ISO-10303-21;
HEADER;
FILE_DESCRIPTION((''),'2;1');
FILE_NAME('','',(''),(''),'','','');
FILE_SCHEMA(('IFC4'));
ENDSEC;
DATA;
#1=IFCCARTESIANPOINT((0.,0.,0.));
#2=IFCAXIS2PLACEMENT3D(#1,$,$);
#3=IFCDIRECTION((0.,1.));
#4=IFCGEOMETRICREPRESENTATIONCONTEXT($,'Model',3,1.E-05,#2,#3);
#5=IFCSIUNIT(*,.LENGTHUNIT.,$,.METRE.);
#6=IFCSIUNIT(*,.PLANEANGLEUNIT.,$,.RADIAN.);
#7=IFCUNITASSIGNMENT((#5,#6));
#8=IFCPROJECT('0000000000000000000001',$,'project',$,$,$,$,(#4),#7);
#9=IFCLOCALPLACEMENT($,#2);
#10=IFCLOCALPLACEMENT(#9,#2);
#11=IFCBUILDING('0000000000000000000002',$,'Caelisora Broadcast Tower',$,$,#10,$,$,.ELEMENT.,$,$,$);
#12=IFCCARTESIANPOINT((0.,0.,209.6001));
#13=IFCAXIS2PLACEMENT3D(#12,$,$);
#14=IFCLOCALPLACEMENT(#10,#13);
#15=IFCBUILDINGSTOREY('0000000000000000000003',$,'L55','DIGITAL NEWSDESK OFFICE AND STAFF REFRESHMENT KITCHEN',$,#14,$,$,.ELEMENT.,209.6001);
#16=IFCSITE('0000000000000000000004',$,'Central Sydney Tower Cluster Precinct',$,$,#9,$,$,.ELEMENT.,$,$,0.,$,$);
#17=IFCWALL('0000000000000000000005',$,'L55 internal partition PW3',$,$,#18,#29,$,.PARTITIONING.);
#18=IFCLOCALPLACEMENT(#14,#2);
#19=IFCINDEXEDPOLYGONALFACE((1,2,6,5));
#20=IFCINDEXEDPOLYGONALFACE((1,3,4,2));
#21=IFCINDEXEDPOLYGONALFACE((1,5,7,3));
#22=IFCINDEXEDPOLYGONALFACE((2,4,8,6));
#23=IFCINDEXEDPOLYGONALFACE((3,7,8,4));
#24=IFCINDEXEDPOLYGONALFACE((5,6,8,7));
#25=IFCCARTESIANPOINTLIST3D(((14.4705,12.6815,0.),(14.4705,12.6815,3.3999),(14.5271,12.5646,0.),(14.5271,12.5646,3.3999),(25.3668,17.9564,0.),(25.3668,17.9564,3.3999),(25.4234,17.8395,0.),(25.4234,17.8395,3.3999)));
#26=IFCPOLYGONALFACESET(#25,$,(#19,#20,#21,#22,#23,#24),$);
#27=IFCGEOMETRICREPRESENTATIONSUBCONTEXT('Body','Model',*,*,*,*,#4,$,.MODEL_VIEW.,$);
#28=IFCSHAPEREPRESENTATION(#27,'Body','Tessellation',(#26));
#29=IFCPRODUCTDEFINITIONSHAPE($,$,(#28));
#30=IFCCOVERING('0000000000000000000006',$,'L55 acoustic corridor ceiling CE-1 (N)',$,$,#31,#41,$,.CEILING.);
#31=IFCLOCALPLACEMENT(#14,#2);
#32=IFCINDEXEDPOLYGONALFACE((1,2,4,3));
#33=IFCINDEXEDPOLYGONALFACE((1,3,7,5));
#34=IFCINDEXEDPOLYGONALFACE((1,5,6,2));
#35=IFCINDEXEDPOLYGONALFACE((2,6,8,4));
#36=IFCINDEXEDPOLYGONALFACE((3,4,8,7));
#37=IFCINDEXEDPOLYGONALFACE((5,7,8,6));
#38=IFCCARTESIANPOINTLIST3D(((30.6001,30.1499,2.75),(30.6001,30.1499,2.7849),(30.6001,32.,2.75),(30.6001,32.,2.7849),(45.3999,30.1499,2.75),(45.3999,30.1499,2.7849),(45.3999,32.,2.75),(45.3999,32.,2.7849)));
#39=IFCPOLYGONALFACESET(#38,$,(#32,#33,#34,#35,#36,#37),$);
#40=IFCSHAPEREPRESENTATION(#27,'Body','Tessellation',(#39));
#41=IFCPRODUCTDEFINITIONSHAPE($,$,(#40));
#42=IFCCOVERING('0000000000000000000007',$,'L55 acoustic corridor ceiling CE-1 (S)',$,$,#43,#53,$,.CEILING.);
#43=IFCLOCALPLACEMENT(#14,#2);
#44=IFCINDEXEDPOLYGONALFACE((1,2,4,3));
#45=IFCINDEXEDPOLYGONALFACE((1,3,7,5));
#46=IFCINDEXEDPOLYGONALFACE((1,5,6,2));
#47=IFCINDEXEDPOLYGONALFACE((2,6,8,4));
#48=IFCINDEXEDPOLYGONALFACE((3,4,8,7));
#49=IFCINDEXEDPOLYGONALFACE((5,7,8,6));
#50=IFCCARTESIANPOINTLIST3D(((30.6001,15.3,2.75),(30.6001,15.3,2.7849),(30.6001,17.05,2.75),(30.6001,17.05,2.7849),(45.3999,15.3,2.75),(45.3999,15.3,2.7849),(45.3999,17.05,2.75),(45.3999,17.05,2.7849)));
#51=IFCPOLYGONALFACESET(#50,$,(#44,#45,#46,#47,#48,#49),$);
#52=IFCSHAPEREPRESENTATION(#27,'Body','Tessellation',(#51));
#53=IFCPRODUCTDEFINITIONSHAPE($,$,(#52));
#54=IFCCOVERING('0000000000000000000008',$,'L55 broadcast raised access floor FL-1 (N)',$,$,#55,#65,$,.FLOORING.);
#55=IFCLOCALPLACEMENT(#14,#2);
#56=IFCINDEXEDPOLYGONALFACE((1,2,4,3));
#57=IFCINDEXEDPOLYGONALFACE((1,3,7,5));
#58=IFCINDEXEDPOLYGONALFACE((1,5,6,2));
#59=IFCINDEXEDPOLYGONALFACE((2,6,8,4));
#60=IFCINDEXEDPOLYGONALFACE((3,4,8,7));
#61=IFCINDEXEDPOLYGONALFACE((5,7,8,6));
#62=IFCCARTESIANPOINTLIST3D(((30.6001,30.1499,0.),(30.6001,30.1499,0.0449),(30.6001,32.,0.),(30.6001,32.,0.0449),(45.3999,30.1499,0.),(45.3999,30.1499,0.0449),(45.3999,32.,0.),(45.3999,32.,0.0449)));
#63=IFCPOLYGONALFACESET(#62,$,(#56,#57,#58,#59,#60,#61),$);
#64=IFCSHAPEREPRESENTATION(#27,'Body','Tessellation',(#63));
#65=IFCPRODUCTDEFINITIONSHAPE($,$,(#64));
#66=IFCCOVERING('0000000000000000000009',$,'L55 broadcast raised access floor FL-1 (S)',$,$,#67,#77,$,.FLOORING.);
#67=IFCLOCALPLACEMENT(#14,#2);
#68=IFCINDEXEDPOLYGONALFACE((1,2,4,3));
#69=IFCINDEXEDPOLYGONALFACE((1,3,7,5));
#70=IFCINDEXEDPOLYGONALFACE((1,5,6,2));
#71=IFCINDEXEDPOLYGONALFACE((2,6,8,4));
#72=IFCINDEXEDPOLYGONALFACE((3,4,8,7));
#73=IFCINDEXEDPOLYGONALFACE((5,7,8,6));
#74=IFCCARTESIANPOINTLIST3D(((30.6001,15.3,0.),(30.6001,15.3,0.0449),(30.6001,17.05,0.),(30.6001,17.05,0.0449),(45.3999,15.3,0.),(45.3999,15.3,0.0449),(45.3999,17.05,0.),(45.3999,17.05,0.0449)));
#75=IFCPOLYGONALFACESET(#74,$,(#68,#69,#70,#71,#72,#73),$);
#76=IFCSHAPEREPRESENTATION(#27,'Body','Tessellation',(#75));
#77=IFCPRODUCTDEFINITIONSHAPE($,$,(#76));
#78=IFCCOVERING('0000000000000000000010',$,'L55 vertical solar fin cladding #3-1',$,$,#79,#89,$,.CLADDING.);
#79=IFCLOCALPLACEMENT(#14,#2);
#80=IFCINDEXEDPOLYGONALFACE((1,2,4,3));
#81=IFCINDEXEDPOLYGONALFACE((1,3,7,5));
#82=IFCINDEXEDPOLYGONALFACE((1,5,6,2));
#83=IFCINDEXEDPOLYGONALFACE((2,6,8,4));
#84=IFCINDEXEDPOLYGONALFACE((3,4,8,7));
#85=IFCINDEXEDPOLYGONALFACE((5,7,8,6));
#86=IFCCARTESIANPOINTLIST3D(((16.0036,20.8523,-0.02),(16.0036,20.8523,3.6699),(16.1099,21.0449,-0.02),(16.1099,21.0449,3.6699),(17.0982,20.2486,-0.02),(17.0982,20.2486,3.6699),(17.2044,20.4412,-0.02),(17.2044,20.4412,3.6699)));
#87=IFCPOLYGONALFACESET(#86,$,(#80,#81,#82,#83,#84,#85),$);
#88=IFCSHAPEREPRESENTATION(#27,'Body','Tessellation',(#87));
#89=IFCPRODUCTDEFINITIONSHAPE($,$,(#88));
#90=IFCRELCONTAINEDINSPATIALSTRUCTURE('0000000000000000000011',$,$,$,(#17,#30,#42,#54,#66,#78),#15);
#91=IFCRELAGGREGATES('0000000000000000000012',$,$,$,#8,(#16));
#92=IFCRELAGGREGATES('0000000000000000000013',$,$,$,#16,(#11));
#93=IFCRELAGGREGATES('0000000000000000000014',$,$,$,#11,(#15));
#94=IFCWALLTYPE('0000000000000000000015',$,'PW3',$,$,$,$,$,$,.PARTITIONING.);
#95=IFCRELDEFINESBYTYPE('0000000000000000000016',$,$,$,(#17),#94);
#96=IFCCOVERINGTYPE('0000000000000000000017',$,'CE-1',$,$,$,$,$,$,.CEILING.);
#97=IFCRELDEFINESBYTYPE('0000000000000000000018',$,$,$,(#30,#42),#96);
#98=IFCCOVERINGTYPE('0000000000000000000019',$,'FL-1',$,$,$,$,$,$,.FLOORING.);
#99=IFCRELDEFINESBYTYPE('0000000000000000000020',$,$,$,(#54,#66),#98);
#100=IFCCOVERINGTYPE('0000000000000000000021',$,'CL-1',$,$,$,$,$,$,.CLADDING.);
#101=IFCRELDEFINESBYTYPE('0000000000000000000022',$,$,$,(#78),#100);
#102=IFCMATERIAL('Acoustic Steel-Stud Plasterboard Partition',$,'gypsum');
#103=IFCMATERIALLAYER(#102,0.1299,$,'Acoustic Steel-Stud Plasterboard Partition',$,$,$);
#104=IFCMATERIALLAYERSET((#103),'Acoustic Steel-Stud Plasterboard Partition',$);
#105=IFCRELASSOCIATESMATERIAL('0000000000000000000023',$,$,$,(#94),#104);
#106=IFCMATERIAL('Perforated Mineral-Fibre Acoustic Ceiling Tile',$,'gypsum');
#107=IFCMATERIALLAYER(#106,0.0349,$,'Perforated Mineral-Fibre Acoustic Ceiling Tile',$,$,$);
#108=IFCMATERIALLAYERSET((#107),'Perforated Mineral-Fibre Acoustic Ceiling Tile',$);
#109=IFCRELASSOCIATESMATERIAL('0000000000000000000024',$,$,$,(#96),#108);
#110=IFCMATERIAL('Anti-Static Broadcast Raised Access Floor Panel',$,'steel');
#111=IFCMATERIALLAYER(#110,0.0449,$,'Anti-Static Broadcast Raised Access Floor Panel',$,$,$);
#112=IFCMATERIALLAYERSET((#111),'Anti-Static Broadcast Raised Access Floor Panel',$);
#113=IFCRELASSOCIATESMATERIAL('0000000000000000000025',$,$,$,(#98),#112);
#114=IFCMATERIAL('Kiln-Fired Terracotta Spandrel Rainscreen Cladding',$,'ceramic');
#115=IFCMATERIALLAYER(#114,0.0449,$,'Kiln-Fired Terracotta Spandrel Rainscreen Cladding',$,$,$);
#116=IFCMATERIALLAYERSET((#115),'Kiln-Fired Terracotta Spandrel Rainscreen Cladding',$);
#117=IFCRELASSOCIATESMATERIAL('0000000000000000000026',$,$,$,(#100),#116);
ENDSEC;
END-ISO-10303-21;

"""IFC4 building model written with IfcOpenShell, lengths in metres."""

from ifc_helpers import new_model, si_unit, direction, frame, frame_2d, origin, origin_2d, place, context, subcontext, project, spatial, polyline, rectangle, outline, extrude, source, transform, mapped, material, layer, layer_set, type_object, type_shapes, element, save


model = new_model("IFC4")

# Units and contexts
model_context = context("Model", 3, precision=1e-05, world=origin(), true_north=direction((0.0, 1.0)))
body_context = subcontext(model_context, "Body", "Model", "MODEL_VIEW")
ifc_project = project(units=[si_unit("LENGTHUNIT", "METRE"), si_unit("PLANEANGLEUNIT", "RADIAN")], contexts=[model_context])

# Site, building, storey
site_placement = place(None, origin())
site = spatial("IfcSite", under=ifc_project, at=site_placement, Name="Central Sydney Tower Cluster Precinct", CompositionType="ELEMENT", RefElevation=0.0)
building_placement = place(site_placement, origin())
building = spatial("IfcBuilding", under=site, at=building_placement, Name="Caelisora Broadcast Tower", CompositionType="ELEMENT")
storey_placement = place(building_placement, frame((0.0, 0.0, 209.6001)))
storey = spatial("IfcBuildingStorey", under=building, at=storey_placement, Name="L55", Description="DIGITAL NEWSDESK OFFICE AND STAFF REFRESHMENT KITCHEN", CompositionType="ELEMENT", Elevation=209.6001)

# Shared definitions
ifc_material_1 = material(Name="Acoustic Steel-Stud Plasterboard Partition", Category="gypsum")
ifc_layer_1 = layer(ifc_material_1, 0.1299, Name="Acoustic Steel-Stud Plasterboard Partition")
ifc_layer_set_1 = layer_set([ifc_layer_1], Name="Acoustic Steel-Stud Plasterboard Partition")
wall_type_1 = type_object("IfcWallType", Name="PW3", PredefinedType="PARTITIONING", material=ifc_layer_set_1)

# Wall
wall_1_placement = place(storey_placement, frame((14.4988, 12.623, 0.0), z_axis=(0.0, 0.0, 1.0), x_axis=(0.900077, 0.43573, 0.0)))
element("IfcWall", 1, at=wall_1_placement, inside=storey, type_object=wall_type_1, Name="L55 internal partition PW3", PredefinedType="PARTITIONING", context=body_context, shape_type="SweptSolid", body=[
    extrude(rectangle(XDim=12.106, YDim=0.1299, at=frame_2d((6.053, 0.0))), origin(), (0.0, 0.0, 1.0), 3.3999),
])

# Coverings
ifc_material_2 = material(Name="Perforated Mineral-Fibre Acoustic Ceiling Tile", Category="gypsum")
ifc_layer_2 = layer(ifc_material_2, 0.0349, Name="Perforated Mineral-Fibre Acoustic Ceiling Tile")
ifc_layer_set_2 = layer_set([ifc_layer_2], Name="Perforated Mineral-Fibre Acoustic Ceiling Tile")
covering_type_1 = type_object("IfcCoveringType", Name="CE-1", PredefinedType="CEILING", material=ifc_layer_set_2)
covering_1_placement = place(storey_placement, frame((0.0, 0.0, 2.75)))
element("IfcCovering", 2, at=covering_1_placement, inside=storey, type_object=covering_type_1, Name="L55 acoustic corridor ceiling CE-1 (N)", PredefinedType="CEILING", context=body_context, shape_type="SweptSolid", body=[
    extrude(outline(polyline([(30.6001, 30.1499), (45.3999, 30.1499), (45.3999, 32.0), (30.6001, 32.0), (30.6001, 30.1499)])), origin(), (0.0, 0.0, 1.0), 0.0349),
])
covering_2_placement = place(storey_placement, frame((0.0, 0.0, 2.75)))
element("IfcCovering", 3, at=covering_2_placement, inside=storey, type_object=covering_type_1, Name="L55 acoustic corridor ceiling CE-1 (S)", PredefinedType="CEILING", context=body_context, shape_type="SweptSolid", body=[
    extrude(outline(polyline([(30.6001, 15.3), (45.3999, 15.3), (45.3999, 17.05), (30.6001, 17.05), (30.6001, 15.3)])), origin(), (0.0, 0.0, 1.0), 0.0349),
])
ifc_material_3 = material(Name="Anti-Static Broadcast Raised Access Floor Panel", Category="steel")
ifc_layer_3 = layer(ifc_material_3, 0.0449, Name="Anti-Static Broadcast Raised Access Floor Panel")
ifc_layer_set_3 = layer_set([ifc_layer_3], Name="Anti-Static Broadcast Raised Access Floor Panel")
covering_type_2 = type_object("IfcCoveringType", Name="FL-1", PredefinedType="FLOORING", material=ifc_layer_set_3)
covering_3_placement = place(storey_placement, origin())
element("IfcCovering", 4, at=covering_3_placement, inside=storey, type_object=covering_type_2, Name="L55 broadcast raised access floor FL-1 (N)", PredefinedType="FLOORING", context=body_context, shape_type="SweptSolid", body=[
    extrude(outline(polyline([(30.6001, 30.1499), (45.3999, 30.1499), (45.3999, 32.0), (30.6001, 32.0), (30.6001, 30.1499)])), origin(), (0.0, 0.0, 1.0), 0.0449),
])
covering_4_placement = place(storey_placement, origin())
element("IfcCovering", 5, at=covering_4_placement, inside=storey, type_object=covering_type_2, Name="L55 broadcast raised access floor FL-1 (S)", PredefinedType="FLOORING", context=body_context, shape_type="SweptSolid", body=[
    extrude(outline(polyline([(30.6001, 15.3), (45.3999, 15.3), (45.3999, 17.05), (30.6001, 17.05), (30.6001, 15.3)])), origin(), (0.0, 0.0, 1.0), 0.0449),
])
ifc_material_4 = material(Name="Kiln-Fired Terracotta Spandrel Rainscreen Cladding", Category="ceramic")
ifc_layer_4 = layer(ifc_material_4, 0.0449, Name="Kiln-Fired Terracotta Spandrel Rainscreen Cladding")
ifc_layer_set_4 = layer_set([ifc_layer_4], Name="Kiln-Fired Terracotta Spandrel Rainscreen Cladding")
covering_type_3 = type_object("IfcCoveringType", Name="CL-1", PredefinedType="CLADDING", material=ifc_layer_set_4)
shared_shape_1 = source(origin(), body_context, "Body", "SweptSolid", [
    extrude(rectangle(XDim=0.22, YDim=1.25, at=origin_2d()), origin(), (0.0, 0.0, 1.0), 3.6899),
])
type_shapes(covering_type_3, [shared_shape_1])
covering_5_placement = place(storey_placement, frame((16.604, 20.6467, -0.02), z_axis=(0.0, 0.0, 1.0), x_axis=(0.482977, 0.875633, 0.0)))
element("IfcCovering", 6, at=covering_5_placement, inside=storey, type_object=covering_type_3, Name="L55 vertical solar fin cladding #3-1", PredefinedType="CLADDING", context=body_context, shape_type="MappedRepresentation", body=[
    mapped(shared_shape_1, transform((0.0, 0.0, 0.0), scale=1.0)),
])

save(model, "model.ifc")
